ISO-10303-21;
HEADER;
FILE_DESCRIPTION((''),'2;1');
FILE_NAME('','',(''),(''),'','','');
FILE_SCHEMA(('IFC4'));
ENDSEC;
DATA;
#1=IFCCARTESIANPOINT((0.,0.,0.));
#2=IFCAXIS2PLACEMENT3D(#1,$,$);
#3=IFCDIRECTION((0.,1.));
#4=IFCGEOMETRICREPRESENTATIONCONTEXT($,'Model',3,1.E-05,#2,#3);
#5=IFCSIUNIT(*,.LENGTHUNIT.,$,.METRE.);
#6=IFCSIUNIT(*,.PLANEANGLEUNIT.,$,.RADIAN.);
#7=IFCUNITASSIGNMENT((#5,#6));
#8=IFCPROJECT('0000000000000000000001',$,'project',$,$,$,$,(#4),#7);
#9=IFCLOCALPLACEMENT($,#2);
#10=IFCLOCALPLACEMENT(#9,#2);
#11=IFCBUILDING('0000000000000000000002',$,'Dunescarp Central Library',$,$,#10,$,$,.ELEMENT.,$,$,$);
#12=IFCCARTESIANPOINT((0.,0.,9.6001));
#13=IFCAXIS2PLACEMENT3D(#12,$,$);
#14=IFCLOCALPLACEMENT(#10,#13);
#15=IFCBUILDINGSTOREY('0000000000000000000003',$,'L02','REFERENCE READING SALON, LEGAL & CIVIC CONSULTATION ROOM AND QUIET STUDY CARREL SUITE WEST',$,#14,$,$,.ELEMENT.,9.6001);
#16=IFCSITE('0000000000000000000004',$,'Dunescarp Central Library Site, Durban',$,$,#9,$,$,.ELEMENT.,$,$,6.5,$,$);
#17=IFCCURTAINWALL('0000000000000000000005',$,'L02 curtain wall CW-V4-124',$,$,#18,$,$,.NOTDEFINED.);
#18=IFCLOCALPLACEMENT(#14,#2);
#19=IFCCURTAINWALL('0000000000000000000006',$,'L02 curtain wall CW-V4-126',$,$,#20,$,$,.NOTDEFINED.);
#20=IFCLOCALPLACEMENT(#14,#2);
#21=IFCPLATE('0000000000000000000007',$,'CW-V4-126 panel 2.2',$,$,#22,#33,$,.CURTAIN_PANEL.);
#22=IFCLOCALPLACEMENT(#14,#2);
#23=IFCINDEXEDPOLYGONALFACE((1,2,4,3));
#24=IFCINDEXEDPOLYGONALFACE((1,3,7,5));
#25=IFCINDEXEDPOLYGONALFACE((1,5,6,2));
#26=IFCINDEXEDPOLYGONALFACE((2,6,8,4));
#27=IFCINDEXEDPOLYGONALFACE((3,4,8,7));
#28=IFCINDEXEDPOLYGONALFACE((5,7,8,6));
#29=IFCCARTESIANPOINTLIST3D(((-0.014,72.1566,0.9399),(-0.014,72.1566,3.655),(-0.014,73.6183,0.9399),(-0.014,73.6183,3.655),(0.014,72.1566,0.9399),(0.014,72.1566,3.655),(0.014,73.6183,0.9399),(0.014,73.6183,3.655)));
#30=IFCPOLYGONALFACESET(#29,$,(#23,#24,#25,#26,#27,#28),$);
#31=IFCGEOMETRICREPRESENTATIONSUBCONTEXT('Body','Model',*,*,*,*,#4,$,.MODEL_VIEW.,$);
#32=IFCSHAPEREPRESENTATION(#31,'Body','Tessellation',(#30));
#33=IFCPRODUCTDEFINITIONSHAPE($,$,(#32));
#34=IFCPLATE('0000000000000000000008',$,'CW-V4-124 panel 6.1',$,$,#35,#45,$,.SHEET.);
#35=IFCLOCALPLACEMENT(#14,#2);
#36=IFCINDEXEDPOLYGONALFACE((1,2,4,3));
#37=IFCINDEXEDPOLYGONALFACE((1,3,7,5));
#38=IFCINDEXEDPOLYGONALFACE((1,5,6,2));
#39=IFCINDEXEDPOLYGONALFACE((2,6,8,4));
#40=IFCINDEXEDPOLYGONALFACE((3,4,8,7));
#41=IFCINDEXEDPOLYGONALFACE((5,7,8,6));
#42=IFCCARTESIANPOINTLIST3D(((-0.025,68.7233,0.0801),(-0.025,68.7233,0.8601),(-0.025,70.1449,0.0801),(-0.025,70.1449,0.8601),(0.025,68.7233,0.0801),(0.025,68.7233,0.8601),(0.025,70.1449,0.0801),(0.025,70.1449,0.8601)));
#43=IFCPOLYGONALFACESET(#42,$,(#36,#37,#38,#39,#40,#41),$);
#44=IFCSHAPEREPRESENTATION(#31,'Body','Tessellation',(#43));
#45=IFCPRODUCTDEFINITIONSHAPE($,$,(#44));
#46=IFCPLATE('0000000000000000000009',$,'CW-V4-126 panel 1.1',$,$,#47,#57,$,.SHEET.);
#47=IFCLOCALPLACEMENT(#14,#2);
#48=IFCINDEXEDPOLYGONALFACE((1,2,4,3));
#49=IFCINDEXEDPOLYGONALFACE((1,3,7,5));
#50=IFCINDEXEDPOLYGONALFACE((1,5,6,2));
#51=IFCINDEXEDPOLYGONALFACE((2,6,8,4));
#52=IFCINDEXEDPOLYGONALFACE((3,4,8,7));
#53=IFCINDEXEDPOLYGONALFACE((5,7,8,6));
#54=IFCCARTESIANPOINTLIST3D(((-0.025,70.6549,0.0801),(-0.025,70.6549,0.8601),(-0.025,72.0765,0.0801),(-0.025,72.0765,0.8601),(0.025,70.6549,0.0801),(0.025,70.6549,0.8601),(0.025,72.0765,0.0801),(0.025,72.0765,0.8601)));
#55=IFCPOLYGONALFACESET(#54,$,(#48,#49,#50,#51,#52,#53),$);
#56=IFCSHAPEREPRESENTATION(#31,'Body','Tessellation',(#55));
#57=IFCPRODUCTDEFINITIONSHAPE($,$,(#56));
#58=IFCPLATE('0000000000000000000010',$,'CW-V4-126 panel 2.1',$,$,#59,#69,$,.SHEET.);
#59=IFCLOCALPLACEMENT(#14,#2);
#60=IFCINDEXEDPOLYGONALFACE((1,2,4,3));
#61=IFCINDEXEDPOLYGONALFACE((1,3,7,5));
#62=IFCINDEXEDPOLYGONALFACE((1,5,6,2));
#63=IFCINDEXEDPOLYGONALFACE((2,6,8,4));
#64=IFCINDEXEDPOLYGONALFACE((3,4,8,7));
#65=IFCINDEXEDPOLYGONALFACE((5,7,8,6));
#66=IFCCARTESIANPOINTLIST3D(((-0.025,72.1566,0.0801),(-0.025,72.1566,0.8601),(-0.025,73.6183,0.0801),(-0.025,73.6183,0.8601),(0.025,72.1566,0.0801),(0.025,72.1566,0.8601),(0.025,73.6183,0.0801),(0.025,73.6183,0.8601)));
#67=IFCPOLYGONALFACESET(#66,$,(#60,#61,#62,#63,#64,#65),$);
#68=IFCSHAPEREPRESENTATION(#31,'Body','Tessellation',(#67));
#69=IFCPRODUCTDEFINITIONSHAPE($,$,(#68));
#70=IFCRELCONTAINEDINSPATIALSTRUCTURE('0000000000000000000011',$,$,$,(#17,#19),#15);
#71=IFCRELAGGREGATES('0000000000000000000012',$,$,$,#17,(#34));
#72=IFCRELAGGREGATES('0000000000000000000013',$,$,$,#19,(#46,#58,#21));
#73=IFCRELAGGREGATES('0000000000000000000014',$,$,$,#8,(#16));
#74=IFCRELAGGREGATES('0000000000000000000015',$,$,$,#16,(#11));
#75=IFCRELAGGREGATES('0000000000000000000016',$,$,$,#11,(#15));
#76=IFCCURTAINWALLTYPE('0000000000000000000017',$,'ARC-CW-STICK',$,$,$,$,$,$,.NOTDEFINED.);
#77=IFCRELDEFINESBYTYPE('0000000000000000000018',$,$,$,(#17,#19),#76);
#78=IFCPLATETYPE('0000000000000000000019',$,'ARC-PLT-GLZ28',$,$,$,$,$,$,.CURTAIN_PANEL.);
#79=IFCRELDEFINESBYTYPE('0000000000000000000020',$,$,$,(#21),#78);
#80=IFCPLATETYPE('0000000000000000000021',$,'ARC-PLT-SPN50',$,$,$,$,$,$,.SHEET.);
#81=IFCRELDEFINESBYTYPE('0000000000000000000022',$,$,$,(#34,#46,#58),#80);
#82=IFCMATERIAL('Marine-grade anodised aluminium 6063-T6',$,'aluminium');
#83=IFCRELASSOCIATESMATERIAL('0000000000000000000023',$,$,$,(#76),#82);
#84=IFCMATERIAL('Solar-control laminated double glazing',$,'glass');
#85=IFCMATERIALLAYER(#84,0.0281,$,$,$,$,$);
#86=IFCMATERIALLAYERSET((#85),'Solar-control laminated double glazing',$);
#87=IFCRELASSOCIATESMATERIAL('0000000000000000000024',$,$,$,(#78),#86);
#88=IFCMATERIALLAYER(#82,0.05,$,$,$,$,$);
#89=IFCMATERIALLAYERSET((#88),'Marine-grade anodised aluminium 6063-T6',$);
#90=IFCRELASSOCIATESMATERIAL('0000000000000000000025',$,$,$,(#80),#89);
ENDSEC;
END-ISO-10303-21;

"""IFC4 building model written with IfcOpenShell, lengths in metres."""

from ifc_helpers import new_model, si_unit, direction, frame, origin, origin_2d, place, context, subcontext, project, spatial, rectangle, extrude, material, layer, layer_set, type_object, element, aggregate, save


model = new_model("IFC4")

# Units and contexts
model_context = context("Model", 3, precision=1e-05, world=origin(), true_north=direction((0.0, 1.0)))
body_context = subcontext(model_context, "Body", "Model", "MODEL_VIEW")
ifc_project = project(units=[si_unit("LENGTHUNIT", "METRE"), si_unit("PLANEANGLEUNIT", "RADIAN")], contexts=[model_context])

# Site, building, storey
site_placement = place(None, origin())
site = spatial("IfcSite", under=ifc_project, at=site_placement, Name="Dunescarp Central Library Site, Durban", CompositionType="ELEMENT", RefElevation=6.5)
building_placement = place(site_placement, origin())
building = spatial("IfcBuilding", under=site, at=building_placement, Name="Dunescarp Central Library", CompositionType="ELEMENT")
storey_placement = place(building_placement, frame((0.0, 0.0, 9.6001)))
storey = spatial("IfcBuildingStorey", under=building, at=storey_placement, Name="L02", Description="REFERENCE READING SALON, LEGAL & CIVIC CONSULTATION ROOM AND QUIET STUDY CARREL SUITE WEST", CompositionType="ELEMENT", Elevation=9.6001)

# Curtain wall
ifc_material_1 = material(Name="Marine-grade anodised aluminium 6063-T6", Category="aluminium")
curtain_wall_type = type_object("IfcCurtainWallType", Name="ARC-CW-STICK", PredefinedType="NOTDEFINED", material=ifc_material_1)
curtain_wall_1_placement = place(storey_placement, origin())
curtain_wall_1 = element("IfcCurtainWall", 1, at=curtain_wall_1_placement, inside=storey, type_object=curtain_wall_type, Name="L02 curtain wall CW-V4-124", PredefinedType="NOTDEFINED")

# Curtain wall
curtain_wall_2_placement = place(storey_placement, origin())
curtain_wall_2 = element("IfcCurtainWall", 2, at=curtain_wall_2_placement, inside=storey, type_object=curtain_wall_type, Name="L02 curtain wall CW-V4-126", PredefinedType="NOTDEFINED")

# Plates
ifc_material_2 = material(Name="Solar-control laminated double glazing", Category="glass")
ifc_layer_1 = layer(ifc_material_2, 0.0281)
ifc_layer_set_1 = layer_set([ifc_layer_1], Name="Solar-control laminated double glazing")
plate_type_1 = type_object("IfcPlateType", Name="ARC-PLT-GLZ28", PredefinedType="CURTAIN_PANEL", material=ifc_layer_set_1)
plate_1_placement = place(storey_placement, frame((0.0, 72.8875, 0.9399), z_axis=(0.0, 0.0, 1.0), x_axis=(0.0, 1.0, 0.0)))
plate_1 = element("IfcPlate", 3, at=plate_1_placement, type_object=plate_type_1, Name="CW-V4-126 panel 2.2", PredefinedType="CURTAIN_PANEL", context=body_context, shape_type="SweptSolid", body=[
    extrude(rectangle(XDim=1.4617, YDim=0.0281, at=origin_2d()), origin(), (0.0, 0.0, 1.0), 2.7151),
])
ifc_layer_2 = layer(ifc_material_1, 0.05)
ifc_layer_set_2 = layer_set([ifc_layer_2], Name="Marine-grade anodised aluminium 6063-T6")
plate_type_2 = type_object("IfcPlateType", Name="ARC-PLT-SPN50", PredefinedType="SHEET", material=ifc_layer_set_2)
plate_2_placement = place(storey_placement, frame((0.0, 69.4341, 0.0801), z_axis=(0.0, 0.0, 1.0), x_axis=(0.0, 1.0, 0.0)))
plate_2 = element("IfcPlate", 4, at=plate_2_placement, type_object=plate_type_2, Name="CW-V4-124 panel 6.1", PredefinedType="SHEET", context=body_context, shape_type="SweptSolid", body=[
    extrude(rectangle(XDim=1.4216, YDim=0.05, at=origin_2d()), origin(), (0.0, 0.0, 1.0), 0.78),
])
aggregate(curtain_wall_1, [plate_2])
plate_3_placement = place(storey_placement, frame((0.0, 71.3657, 0.0801), z_axis=(0.0, 0.0, 1.0), x_axis=(0.0, 1.0, 0.0)))
plate_3 = element("IfcPlate", 5, at=plate_3_placement, type_object=plate_type_2, Name="CW-V4-126 panel 1.1", PredefinedType="SHEET", context=body_context, shape_type="SweptSolid", body=[
    extrude(rectangle(XDim=1.4216, YDim=0.05, at=origin_2d()), origin(), (0.0, 0.0, 1.0), 0.78),
])
plate_4_placement = place(storey_placement, frame((0.0, 72.8875, 0.0801), z_axis=(0.0, 0.0, 1.0), x_axis=(0.0, 1.0, 0.0)))
plate_4 = element("IfcPlate", 6, at=plate_4_placement, type_object=plate_type_2, Name="CW-V4-126 panel 2.1", PredefinedType="SHEET", context=body_context, shape_type="SweptSolid", body=[
    extrude(rectangle(XDim=1.4617, YDim=0.05, at=origin_2d()), origin(), (0.0, 0.0, 1.0), 0.78),
])
aggregate(curtain_wall_2, [plate_3, plate_4, plate_1])

save(model, "model.ifc")
